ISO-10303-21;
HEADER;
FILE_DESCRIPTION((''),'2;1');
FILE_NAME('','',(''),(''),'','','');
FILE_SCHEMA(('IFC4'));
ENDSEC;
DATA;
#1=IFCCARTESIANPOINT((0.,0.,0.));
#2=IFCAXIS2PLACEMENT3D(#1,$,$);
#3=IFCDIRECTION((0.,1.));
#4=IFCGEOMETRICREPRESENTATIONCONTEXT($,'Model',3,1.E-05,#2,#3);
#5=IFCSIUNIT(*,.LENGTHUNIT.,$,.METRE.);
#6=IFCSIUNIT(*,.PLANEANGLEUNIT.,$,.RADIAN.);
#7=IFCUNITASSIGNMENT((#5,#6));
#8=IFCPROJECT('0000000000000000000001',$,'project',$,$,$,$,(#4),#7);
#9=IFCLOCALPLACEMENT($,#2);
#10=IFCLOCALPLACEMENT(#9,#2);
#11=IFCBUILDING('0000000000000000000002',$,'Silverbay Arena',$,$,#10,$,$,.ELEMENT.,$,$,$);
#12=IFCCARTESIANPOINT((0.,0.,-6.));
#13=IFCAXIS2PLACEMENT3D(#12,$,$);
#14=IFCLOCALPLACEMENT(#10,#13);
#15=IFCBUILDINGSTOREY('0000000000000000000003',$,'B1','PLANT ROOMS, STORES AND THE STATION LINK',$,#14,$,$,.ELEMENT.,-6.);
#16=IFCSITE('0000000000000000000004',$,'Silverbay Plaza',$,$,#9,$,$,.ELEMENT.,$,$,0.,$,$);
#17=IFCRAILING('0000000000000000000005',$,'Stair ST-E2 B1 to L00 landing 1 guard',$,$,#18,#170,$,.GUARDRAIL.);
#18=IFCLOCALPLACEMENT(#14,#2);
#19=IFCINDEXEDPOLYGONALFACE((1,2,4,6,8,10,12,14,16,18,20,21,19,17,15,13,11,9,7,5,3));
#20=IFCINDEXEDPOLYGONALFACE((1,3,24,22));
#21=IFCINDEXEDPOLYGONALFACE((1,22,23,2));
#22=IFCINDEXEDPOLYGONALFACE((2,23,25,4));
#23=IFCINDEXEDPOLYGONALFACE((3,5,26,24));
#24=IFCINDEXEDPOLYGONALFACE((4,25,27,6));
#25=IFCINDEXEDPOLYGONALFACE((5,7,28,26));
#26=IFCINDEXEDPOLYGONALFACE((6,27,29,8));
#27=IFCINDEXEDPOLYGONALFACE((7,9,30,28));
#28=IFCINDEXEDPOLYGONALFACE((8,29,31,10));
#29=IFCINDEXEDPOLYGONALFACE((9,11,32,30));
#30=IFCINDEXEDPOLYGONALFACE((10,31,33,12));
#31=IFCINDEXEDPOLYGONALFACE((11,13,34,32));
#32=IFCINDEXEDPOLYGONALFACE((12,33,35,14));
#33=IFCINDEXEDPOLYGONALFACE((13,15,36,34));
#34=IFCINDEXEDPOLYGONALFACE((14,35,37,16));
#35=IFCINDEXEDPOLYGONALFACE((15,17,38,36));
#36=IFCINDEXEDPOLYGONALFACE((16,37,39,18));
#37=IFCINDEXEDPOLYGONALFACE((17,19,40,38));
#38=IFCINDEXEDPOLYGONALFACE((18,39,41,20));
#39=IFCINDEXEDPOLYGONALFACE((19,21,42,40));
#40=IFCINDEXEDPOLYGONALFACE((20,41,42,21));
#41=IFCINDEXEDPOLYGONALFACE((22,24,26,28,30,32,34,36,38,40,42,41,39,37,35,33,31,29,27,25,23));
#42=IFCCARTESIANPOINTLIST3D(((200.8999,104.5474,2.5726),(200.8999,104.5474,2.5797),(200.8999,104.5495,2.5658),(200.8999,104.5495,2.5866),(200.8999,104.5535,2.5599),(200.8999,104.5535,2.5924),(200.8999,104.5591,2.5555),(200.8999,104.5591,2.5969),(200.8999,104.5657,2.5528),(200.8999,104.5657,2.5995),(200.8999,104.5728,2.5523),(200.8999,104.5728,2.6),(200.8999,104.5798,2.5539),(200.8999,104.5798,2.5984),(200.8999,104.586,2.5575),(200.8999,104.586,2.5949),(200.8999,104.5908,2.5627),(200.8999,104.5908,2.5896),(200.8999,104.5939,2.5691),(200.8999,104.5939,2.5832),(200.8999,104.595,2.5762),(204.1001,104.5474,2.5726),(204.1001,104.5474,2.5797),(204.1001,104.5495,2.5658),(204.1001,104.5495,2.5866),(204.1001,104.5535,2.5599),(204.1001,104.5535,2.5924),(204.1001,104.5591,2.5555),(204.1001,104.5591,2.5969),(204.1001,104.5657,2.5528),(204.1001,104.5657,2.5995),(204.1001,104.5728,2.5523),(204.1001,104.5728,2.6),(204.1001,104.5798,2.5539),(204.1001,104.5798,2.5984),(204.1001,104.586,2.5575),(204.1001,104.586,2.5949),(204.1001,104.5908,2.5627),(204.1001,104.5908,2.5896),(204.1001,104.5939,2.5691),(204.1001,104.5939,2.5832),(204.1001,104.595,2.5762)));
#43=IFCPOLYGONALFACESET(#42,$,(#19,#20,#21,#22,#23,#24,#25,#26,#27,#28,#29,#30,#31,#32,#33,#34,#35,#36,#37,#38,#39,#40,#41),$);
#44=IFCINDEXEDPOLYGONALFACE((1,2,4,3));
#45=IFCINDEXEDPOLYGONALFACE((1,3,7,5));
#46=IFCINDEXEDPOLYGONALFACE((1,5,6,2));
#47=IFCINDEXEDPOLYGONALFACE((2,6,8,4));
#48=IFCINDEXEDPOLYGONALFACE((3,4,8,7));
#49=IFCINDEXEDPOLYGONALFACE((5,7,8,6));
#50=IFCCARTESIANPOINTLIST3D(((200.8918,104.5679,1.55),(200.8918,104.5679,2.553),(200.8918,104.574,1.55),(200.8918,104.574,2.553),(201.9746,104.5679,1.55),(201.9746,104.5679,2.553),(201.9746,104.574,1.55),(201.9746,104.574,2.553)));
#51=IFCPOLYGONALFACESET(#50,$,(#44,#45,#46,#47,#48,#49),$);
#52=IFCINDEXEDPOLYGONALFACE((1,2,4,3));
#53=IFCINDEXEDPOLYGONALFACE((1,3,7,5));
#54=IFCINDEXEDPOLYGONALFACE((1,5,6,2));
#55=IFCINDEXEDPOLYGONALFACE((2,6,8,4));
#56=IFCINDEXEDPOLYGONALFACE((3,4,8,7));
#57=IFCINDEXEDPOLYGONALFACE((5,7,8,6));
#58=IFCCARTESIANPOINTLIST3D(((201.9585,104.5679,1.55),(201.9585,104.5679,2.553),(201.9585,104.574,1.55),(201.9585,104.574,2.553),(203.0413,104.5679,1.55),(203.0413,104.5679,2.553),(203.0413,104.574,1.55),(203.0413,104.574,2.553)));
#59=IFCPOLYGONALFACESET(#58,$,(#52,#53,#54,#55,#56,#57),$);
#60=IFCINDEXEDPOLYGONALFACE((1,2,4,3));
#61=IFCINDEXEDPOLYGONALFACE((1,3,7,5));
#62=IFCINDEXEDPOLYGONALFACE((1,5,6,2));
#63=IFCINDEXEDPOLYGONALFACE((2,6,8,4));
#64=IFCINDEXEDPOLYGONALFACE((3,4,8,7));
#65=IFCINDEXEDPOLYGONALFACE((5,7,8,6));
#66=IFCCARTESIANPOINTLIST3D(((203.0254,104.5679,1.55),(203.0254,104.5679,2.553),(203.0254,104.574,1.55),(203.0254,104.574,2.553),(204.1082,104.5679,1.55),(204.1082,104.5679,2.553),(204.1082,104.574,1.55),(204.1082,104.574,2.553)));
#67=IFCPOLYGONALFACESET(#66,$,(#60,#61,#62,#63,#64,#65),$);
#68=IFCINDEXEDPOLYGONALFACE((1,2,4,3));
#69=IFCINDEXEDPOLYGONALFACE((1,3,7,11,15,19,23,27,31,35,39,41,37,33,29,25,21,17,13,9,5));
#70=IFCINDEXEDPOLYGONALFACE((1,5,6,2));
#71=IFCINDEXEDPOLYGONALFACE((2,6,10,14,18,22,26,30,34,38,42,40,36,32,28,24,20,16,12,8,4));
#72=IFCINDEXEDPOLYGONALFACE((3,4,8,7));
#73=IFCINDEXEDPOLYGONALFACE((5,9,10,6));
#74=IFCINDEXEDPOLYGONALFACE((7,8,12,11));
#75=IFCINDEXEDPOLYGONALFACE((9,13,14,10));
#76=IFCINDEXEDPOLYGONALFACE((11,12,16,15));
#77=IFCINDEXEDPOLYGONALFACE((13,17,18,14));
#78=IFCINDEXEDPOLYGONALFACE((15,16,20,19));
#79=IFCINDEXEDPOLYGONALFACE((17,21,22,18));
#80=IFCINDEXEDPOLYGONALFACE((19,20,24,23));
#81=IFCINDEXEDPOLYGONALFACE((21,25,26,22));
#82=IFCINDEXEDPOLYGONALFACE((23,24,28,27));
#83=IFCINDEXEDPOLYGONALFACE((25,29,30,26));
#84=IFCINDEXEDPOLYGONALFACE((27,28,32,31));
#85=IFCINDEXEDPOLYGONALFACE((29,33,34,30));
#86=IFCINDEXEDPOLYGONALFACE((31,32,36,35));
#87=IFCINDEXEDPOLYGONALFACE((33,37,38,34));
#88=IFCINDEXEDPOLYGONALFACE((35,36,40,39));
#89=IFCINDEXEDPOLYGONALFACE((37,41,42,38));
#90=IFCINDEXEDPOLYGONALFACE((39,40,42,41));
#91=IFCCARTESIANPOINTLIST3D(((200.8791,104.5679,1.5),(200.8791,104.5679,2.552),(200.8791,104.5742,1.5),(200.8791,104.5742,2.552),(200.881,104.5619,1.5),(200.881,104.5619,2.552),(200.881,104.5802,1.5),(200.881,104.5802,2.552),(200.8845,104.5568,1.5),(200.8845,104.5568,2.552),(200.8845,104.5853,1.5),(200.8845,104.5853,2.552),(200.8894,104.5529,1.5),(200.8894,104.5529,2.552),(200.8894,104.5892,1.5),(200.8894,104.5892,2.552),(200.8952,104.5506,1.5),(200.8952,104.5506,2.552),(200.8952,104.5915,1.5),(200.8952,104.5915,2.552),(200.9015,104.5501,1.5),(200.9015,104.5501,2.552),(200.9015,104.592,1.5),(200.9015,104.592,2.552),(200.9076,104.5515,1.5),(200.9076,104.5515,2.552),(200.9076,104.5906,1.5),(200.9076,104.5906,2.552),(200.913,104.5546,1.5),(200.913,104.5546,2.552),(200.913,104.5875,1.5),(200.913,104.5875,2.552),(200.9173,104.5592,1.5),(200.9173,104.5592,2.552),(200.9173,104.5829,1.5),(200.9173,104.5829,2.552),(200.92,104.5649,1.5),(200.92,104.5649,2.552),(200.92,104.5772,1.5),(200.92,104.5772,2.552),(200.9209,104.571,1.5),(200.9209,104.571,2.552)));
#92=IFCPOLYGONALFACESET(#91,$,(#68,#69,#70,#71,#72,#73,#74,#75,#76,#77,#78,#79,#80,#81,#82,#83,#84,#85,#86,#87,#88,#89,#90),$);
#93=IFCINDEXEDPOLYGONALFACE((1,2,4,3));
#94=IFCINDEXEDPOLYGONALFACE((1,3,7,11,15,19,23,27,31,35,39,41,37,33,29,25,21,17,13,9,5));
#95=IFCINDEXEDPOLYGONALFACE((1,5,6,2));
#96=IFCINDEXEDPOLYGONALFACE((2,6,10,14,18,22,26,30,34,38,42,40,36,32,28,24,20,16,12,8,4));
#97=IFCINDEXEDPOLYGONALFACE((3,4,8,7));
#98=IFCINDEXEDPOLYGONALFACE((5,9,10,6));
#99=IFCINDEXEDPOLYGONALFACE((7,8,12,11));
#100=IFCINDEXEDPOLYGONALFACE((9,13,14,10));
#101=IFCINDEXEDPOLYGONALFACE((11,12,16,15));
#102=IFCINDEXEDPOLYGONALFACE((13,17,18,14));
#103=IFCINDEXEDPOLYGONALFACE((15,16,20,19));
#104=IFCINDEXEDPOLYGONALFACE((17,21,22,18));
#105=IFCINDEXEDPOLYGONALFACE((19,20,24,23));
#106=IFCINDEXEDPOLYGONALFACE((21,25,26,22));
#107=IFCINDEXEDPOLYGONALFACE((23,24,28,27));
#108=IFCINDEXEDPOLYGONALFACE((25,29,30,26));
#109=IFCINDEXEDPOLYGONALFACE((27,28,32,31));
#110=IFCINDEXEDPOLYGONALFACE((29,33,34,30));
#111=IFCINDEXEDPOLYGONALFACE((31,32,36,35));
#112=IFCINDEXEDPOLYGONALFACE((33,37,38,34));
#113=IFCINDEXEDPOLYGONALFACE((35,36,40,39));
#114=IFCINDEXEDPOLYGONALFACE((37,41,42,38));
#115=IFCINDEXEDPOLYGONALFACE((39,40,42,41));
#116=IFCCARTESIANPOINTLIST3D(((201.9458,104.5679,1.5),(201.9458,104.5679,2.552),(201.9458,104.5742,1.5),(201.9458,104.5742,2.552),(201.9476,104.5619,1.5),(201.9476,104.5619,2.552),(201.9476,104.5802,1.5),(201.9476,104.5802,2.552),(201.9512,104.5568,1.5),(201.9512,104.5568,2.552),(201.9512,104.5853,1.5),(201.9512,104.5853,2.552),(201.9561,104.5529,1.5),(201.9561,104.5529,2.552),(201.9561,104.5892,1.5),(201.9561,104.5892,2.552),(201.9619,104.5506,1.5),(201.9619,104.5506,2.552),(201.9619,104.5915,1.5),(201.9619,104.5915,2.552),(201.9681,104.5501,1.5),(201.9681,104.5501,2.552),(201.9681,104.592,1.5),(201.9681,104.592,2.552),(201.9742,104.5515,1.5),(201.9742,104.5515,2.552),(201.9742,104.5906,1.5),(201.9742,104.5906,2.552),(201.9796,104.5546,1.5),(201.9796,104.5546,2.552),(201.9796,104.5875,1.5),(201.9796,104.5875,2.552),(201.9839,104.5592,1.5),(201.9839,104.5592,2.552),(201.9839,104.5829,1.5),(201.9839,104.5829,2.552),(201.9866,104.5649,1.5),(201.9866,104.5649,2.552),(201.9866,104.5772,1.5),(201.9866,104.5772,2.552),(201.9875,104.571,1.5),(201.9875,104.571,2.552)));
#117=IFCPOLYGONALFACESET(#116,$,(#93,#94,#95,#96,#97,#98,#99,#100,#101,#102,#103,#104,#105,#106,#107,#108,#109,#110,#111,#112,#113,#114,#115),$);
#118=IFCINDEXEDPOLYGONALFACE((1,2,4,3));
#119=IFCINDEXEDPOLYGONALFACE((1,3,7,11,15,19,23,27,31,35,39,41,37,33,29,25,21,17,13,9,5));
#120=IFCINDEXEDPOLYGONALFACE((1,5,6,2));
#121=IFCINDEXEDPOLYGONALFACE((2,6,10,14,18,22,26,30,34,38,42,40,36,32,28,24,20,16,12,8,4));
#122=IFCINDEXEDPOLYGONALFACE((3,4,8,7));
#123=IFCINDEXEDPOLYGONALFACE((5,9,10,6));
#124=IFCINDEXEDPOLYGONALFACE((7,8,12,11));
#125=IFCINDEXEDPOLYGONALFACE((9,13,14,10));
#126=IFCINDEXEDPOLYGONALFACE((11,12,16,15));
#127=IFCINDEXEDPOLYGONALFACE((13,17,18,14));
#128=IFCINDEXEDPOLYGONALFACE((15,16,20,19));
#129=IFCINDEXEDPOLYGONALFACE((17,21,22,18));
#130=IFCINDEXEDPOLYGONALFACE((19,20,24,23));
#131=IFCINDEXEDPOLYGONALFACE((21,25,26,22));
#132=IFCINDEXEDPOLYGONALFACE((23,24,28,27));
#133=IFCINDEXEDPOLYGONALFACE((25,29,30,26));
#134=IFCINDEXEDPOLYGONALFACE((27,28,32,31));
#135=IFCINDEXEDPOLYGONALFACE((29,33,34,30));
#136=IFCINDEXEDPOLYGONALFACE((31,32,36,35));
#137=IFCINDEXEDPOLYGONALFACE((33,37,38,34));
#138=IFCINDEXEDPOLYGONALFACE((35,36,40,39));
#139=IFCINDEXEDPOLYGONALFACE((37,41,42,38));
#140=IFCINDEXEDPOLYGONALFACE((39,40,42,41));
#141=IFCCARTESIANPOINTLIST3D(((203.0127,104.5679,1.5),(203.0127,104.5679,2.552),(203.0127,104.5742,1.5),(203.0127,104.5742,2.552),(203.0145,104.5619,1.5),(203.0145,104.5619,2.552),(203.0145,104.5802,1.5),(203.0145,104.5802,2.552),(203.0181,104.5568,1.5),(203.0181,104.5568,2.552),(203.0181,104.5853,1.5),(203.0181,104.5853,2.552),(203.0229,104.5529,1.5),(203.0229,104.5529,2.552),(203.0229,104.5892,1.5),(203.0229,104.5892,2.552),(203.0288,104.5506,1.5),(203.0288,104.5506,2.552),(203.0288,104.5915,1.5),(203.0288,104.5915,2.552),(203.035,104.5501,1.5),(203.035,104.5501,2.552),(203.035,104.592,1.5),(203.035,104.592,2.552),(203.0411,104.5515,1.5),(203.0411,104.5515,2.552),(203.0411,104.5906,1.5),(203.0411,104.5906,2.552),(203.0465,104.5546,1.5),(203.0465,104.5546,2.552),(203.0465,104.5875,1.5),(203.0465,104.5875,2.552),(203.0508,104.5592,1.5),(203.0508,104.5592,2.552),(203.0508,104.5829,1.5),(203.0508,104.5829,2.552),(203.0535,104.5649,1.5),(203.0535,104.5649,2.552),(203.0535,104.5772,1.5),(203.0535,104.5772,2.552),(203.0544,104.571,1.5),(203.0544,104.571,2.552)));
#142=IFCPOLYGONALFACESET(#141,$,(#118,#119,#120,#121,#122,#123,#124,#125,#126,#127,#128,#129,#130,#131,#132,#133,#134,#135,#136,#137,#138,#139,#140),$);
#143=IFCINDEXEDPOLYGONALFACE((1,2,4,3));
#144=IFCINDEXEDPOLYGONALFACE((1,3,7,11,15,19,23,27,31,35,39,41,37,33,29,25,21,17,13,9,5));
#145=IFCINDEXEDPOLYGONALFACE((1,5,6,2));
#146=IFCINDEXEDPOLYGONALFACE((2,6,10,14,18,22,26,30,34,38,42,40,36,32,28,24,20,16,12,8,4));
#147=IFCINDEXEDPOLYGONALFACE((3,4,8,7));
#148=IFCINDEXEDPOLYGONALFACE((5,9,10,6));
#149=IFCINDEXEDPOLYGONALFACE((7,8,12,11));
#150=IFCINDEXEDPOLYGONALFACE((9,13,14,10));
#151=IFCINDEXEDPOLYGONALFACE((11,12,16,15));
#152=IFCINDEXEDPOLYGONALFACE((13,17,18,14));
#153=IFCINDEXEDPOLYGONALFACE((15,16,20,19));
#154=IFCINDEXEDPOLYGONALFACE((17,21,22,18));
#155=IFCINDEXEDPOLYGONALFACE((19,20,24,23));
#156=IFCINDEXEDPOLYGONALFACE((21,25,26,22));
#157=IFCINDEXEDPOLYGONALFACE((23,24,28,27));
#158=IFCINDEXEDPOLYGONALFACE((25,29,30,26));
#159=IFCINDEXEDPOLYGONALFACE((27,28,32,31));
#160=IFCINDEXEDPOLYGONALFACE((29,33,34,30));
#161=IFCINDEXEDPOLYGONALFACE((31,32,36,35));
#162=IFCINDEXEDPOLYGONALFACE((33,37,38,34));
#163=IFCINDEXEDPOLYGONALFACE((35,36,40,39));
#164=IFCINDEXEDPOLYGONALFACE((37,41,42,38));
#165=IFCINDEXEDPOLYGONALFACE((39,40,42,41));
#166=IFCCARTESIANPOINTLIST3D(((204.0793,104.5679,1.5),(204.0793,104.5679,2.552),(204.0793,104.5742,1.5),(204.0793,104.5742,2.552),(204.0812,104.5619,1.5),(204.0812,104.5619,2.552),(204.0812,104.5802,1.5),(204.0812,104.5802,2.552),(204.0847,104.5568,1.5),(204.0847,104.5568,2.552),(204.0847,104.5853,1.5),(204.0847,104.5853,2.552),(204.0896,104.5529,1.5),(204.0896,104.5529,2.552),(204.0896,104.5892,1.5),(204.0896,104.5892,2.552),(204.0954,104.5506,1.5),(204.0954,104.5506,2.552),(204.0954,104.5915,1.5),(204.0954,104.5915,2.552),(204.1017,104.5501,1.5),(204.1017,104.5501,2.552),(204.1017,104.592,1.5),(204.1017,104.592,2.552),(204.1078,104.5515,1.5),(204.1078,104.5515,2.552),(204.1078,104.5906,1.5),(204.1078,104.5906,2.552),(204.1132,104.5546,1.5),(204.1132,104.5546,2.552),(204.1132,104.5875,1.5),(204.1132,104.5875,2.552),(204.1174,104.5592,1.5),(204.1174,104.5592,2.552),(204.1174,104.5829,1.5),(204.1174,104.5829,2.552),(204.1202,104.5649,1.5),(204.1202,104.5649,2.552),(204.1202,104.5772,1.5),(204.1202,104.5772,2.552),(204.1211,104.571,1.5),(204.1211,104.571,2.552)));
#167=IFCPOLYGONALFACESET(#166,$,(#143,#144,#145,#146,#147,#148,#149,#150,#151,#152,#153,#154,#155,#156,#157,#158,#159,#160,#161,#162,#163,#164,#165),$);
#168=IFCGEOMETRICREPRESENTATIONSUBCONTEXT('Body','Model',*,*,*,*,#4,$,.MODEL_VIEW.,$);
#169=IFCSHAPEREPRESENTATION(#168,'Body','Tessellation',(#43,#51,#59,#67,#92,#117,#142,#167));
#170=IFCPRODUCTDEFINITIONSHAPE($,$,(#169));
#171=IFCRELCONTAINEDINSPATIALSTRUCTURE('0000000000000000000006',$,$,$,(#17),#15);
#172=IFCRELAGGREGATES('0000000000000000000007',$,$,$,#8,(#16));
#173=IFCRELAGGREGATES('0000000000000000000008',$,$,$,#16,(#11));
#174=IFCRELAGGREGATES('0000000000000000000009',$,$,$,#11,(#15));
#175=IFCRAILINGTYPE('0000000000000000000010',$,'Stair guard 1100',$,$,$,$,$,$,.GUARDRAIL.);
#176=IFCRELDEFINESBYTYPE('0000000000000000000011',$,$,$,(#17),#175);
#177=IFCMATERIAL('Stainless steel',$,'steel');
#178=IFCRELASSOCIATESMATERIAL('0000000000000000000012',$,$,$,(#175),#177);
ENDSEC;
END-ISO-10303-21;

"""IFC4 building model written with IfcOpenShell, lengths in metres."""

from ifc_helpers import new_model, si_unit, direction, frame, origin, origin_2d, place, context, subcontext, project, spatial, polyline, circle, outline, extrude, material, type_object, element, save


model = new_model("IFC4")

# Units and contexts
model_context = context("Model", 3, precision=1e-05, world=origin(), true_north=direction((0.0, 1.0)))
body_context = subcontext(model_context, "Body", "Model", "MODEL_VIEW")
ifc_project = project(units=[si_unit("LENGTHUNIT", "METRE"), si_unit("PLANEANGLEUNIT", "RADIAN")], contexts=[model_context])

# Site, building, storey
site_placement = place(None, origin())
site = spatial("IfcSite", under=ifc_project, at=site_placement, Name="Silverbay Plaza", CompositionType="ELEMENT", RefElevation=0.0)
building_placement = place(site_placement, origin())
building = spatial("IfcBuilding", under=site, at=building_placement, Name="Silverbay Arena", CompositionType="ELEMENT")
storey_placement = place(building_placement, frame((0.0, 0.0, -6.0)))
storey = spatial("IfcBuildingStorey", under=building, at=storey_placement, Name="B1", Description="PLANT ROOMS, STORES AND THE STATION LINK", CompositionType="ELEMENT", Elevation=-6.0)

# Railing
ifc_material_1 = material(Name="Stainless steel", Category="steel")
railing_type_1 = type_object("IfcRailingType", Name="Stair guard 1100", PredefinedType="GUARDRAIL", material=ifc_material_1)
for number, where, name in (
    (1, (200.8999, 104.571, 1.5), "Stair ST-E2 B1 to L00 landing 1 guard"),
):
    element("IfcRailing", number, at=place(storey_placement, frame(where)), inside=storey, type_object=railing_type_1, Name=name, PredefinedType="GUARDRAIL", context=body_context, shape_type="SweptSolid", body=[
        extrude(circle(Radius=0.0239, at=origin_2d()), frame((0.0, 0.0, 1.0762), z_axis=(1.0, 0.0, 0.0), x_axis=(0.0, 1.0, 0.0)), (0.0, 0.0, 1.0), 3.2002),
        extrude(outline(polyline([(-0.0081, 0.05), (1.0747, 0.05), (1.0747, 1.053), (-0.0081, 1.053), (-0.0081, 0.05)])), frame((0.0, 0.0029, 0.0), z_axis=(0.0, -1.0, 0.0), x_axis=(1.0, 0.0, 0.0)), (0.0, 0.0, 1.0), 0.0061),
        extrude(outline(polyline([(-0.0081, 0.05), (1.0747, 0.05), (1.0747, 1.053), (-0.0081, 1.053), (-0.0081, 0.05)])), frame((1.0667, 0.0029, 0.0), z_axis=(0.0, -1.0, 0.0), x_axis=(1.0, 0.0, 0.0)), (0.0, 0.0, 1.0), 0.0061),
        extrude(outline(polyline([(-0.0081, 0.05), (1.0747, 0.05), (1.0747, 1.053), (-0.0081, 1.053), (-0.0081, 0.05)])), frame((2.1335, 0.0029, 0.0), z_axis=(0.0, -1.0, 0.0), x_axis=(1.0, 0.0, 0.0)), (0.0, 0.0, 1.0), 0.0061),
        extrude(circle(Radius=0.021, at=origin_2d()), origin(), (0.0, 0.0, 1.0), 1.052),
        extrude(circle(Radius=0.021, at=origin_2d()), frame((1.0667, 0.0, 0.0)), (0.0, 0.0, 1.0), 1.052),
        extrude(circle(Radius=0.021, at=origin_2d()), frame((2.1335, 0.0, 0.0)), (0.0, 0.0, 1.0), 1.052),
        extrude(circle(Radius=0.021, at=origin_2d()), frame((3.2002, 0.0, 0.0)), (0.0, 0.0, 1.0), 1.052),
    ])

save(model, "model.ifc")
